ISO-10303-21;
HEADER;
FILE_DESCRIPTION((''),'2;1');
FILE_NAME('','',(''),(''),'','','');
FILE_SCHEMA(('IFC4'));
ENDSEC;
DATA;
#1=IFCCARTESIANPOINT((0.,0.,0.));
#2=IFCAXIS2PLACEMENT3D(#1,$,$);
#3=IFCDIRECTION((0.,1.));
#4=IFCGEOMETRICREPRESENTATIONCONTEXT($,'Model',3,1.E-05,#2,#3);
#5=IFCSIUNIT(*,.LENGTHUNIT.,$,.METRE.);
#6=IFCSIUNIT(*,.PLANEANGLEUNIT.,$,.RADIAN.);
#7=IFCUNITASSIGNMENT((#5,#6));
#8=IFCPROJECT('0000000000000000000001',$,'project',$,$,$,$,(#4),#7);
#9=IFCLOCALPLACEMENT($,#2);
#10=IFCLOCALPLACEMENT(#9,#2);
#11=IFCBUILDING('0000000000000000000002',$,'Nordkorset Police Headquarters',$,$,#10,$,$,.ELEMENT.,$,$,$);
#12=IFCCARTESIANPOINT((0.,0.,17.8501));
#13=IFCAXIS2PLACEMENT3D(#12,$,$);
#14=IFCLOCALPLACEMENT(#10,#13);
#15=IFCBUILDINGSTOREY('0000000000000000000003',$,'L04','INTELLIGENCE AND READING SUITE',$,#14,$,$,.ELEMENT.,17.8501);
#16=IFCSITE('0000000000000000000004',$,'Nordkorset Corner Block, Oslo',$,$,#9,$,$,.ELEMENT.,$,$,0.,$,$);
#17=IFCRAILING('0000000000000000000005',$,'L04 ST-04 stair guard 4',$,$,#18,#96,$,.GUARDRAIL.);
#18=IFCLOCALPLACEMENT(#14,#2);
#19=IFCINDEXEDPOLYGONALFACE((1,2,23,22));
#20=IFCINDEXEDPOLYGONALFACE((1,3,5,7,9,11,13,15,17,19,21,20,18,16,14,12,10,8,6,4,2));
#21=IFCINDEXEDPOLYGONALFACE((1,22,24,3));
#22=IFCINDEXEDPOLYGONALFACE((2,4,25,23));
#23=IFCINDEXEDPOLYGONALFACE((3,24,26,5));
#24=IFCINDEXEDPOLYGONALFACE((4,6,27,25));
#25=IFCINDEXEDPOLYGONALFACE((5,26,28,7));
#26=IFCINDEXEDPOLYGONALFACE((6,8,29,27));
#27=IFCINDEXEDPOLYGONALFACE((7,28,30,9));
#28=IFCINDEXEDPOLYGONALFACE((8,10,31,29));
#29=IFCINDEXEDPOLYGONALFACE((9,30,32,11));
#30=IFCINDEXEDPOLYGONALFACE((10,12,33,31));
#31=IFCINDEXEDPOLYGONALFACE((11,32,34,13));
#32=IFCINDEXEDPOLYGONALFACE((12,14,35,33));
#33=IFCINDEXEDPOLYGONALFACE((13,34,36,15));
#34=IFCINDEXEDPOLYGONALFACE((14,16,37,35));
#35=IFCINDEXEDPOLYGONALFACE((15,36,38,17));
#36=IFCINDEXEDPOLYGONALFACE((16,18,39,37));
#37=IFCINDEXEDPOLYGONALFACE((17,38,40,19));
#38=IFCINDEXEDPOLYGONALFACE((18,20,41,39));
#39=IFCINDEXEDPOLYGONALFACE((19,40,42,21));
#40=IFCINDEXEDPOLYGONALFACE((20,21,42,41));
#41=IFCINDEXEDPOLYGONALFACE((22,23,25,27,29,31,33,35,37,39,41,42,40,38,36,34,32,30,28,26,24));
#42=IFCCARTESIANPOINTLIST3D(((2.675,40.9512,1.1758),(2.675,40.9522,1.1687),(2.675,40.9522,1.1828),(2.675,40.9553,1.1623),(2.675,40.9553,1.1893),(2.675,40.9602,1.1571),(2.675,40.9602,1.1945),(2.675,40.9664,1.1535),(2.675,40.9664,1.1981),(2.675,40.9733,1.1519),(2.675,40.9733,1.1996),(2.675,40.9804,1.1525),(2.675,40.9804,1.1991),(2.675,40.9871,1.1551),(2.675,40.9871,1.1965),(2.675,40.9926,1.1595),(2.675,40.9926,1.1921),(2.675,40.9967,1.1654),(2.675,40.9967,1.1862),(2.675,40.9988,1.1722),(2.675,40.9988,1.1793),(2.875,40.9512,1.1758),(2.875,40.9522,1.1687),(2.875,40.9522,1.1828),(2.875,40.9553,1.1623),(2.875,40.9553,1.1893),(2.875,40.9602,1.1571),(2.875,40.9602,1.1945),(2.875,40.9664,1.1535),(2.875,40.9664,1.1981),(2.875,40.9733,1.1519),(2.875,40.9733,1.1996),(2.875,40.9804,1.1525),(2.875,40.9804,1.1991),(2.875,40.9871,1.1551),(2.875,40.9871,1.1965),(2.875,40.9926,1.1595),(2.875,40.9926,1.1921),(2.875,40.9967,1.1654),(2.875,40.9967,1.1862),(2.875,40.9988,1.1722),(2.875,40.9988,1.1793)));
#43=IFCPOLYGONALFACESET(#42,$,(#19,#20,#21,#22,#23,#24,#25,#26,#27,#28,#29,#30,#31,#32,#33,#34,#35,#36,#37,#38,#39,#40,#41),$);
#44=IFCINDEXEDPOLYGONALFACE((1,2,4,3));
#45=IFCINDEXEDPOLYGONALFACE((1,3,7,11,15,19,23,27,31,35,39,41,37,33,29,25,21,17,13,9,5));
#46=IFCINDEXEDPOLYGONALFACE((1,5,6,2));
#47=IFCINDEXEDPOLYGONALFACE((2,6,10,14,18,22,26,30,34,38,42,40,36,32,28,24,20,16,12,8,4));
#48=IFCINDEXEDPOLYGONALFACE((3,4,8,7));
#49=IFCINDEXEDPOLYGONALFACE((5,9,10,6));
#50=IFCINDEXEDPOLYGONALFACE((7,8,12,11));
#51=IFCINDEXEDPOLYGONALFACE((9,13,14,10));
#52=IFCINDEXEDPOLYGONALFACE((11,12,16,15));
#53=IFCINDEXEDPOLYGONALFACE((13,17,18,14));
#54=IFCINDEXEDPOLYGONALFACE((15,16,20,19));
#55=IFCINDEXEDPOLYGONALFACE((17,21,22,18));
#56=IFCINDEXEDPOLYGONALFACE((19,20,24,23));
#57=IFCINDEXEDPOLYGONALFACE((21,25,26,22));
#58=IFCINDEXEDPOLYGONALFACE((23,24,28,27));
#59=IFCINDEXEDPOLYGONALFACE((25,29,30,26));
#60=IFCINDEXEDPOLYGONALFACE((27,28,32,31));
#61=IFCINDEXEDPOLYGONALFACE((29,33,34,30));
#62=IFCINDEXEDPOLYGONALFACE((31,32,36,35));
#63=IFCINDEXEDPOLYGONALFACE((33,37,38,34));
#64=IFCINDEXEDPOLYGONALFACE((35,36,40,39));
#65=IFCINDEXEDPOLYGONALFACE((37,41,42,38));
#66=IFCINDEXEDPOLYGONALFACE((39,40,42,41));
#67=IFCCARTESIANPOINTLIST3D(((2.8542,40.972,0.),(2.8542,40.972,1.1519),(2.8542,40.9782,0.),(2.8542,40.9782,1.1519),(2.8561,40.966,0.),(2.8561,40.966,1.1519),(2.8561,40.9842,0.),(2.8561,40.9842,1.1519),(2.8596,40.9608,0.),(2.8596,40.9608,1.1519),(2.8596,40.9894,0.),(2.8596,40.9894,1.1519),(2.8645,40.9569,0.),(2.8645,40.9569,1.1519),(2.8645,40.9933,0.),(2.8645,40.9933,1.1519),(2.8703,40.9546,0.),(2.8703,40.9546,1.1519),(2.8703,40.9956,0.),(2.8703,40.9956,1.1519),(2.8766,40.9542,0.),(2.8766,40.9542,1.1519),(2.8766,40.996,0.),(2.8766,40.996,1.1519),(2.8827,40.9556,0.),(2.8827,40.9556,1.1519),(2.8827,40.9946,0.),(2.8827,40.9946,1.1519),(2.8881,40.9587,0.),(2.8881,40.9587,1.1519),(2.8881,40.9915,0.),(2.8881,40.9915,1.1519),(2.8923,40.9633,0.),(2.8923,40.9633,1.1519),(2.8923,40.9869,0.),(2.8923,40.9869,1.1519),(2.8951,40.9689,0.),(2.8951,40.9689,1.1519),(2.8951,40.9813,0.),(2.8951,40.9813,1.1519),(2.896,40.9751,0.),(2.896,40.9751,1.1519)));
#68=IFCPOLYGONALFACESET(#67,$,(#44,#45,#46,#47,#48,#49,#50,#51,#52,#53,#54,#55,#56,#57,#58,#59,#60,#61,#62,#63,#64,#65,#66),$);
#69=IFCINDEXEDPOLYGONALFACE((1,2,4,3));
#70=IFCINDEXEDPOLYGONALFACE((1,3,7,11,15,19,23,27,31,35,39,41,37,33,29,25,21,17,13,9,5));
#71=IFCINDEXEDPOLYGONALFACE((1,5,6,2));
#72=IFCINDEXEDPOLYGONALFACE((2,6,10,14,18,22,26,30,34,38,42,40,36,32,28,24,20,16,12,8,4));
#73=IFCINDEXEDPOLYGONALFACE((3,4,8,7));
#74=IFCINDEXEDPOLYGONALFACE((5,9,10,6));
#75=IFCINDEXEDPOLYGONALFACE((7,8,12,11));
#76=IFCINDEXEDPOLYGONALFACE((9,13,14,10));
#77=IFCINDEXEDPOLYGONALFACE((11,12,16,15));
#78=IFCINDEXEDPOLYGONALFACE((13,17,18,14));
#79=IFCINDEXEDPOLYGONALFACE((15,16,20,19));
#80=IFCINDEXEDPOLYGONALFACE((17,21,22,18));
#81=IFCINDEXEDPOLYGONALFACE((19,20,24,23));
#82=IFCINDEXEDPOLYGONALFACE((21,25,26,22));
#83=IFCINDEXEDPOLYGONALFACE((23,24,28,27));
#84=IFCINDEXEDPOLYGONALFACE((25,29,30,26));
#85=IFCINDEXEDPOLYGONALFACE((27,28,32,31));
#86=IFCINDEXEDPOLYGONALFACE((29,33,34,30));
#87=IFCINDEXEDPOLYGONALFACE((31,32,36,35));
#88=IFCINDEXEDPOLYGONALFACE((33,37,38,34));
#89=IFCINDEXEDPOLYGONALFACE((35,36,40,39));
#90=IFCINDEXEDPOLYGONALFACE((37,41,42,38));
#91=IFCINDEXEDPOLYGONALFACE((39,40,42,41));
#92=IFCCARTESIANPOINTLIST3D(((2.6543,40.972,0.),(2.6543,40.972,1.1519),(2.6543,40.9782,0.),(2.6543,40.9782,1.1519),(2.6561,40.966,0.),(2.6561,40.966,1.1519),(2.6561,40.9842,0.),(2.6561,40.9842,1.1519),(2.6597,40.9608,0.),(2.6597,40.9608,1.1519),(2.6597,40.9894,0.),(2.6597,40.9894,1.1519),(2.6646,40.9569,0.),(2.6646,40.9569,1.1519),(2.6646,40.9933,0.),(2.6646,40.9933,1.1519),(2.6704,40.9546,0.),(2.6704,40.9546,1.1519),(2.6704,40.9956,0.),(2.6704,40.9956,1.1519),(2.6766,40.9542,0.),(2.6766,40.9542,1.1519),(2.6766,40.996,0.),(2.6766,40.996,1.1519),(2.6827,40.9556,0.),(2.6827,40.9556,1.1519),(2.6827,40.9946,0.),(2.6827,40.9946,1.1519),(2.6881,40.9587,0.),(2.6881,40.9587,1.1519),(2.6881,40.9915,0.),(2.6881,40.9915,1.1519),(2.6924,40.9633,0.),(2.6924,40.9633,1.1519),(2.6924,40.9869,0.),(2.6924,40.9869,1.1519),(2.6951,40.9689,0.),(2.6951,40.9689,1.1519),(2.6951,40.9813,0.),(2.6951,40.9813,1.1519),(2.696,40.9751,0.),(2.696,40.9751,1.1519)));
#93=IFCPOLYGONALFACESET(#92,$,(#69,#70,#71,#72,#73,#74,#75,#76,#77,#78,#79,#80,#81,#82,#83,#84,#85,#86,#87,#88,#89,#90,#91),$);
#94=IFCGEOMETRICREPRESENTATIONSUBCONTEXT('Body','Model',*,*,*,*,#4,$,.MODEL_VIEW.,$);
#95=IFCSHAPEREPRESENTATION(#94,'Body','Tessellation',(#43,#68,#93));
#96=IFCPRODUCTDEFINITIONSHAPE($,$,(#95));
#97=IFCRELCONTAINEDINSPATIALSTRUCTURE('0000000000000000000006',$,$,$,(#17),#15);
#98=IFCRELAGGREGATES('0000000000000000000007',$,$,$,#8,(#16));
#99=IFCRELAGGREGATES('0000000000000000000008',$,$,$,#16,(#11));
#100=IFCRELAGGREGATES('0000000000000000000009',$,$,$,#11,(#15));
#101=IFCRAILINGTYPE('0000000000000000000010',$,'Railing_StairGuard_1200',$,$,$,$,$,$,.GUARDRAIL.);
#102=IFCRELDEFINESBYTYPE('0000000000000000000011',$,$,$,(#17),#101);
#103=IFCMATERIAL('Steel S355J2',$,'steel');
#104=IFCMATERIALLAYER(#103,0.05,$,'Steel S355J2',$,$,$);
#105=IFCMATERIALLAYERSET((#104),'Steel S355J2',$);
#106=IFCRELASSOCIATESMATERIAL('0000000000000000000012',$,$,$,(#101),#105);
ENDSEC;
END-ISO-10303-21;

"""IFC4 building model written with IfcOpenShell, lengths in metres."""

from ifc_helpers import new_model, si_unit, direction, frame, origin, origin_2d, place, context, subcontext, project, spatial, circle, extrude, material, layer, layer_set, type_object, element, save


model = new_model("IFC4")

# Units and contexts
model_context = context("Model", 3, precision=1e-05, world=origin(), true_north=direction((0.0, 1.0)))
body_context = subcontext(model_context, "Body", "Model", "MODEL_VIEW")
ifc_project = project(units=[si_unit("LENGTHUNIT", "METRE"), si_unit("PLANEANGLEUNIT", "RADIAN")], contexts=[model_context])

# Site, building, storey
site_placement = place(None, origin())
site = spatial("IfcSite", under=ifc_project, at=site_placement, Name="Nordkorset Corner Block, Oslo", CompositionType="ELEMENT", RefElevation=0.0)
building_placement = place(site_placement, origin())
building = spatial("IfcBuilding", under=site, at=building_placement, Name="Nordkorset Police Headquarters", CompositionType="ELEMENT")
storey_placement = place(building_placement, frame((0.0, 0.0, 17.8501)))
storey = spatial("IfcBuildingStorey", under=building, at=storey_placement, Name="L04", Description="INTELLIGENCE AND READING SUITE", CompositionType="ELEMENT", Elevation=17.8501)

# Railing
ifc_material_1 = material(Name="Steel S355J2", Category="steel")
ifc_layer_1 = layer(ifc_material_1, 0.05, Name="Steel S355J2")
ifc_layer_set_1 = layer_set([ifc_layer_1], Name="Steel S355J2")
railing_type_1 = type_object("IfcRailingType", Name="Railing_StairGuard_1200", PredefinedType="GUARDRAIL", material=ifc_layer_set_1)
railing_1_placement = place(storey_placement, frame((2.875, 40.9751, 0.0)))
element("IfcRailing", 1, at=railing_1_placement, inside=storey, type_object=railing_type_1, Name="L04 ST-04 stair guard 4", PredefinedType="GUARDRAIL", context=body_context, shape_type="SweptSolid", body=[
    extrude(circle(Radius=0.0239, at=origin_2d()), frame((0.0, 0.0, 1.1758), z_axis=(-1.0, 0.0, 0.0), x_axis=(0.0, -1.0, 0.0)), (0.0, 0.0, 1.0), 0.2),
    extrude(circle(Radius=0.021, at=origin_2d()), origin(), (0.0, 0.0, 1.0), 1.1519),
    extrude(circle(Radius=0.021, at=origin_2d()), frame((-0.2, 0.0, 0.0)), (0.0, 0.0, 1.0), 1.1519),
])

save(model, "model.ifc")
